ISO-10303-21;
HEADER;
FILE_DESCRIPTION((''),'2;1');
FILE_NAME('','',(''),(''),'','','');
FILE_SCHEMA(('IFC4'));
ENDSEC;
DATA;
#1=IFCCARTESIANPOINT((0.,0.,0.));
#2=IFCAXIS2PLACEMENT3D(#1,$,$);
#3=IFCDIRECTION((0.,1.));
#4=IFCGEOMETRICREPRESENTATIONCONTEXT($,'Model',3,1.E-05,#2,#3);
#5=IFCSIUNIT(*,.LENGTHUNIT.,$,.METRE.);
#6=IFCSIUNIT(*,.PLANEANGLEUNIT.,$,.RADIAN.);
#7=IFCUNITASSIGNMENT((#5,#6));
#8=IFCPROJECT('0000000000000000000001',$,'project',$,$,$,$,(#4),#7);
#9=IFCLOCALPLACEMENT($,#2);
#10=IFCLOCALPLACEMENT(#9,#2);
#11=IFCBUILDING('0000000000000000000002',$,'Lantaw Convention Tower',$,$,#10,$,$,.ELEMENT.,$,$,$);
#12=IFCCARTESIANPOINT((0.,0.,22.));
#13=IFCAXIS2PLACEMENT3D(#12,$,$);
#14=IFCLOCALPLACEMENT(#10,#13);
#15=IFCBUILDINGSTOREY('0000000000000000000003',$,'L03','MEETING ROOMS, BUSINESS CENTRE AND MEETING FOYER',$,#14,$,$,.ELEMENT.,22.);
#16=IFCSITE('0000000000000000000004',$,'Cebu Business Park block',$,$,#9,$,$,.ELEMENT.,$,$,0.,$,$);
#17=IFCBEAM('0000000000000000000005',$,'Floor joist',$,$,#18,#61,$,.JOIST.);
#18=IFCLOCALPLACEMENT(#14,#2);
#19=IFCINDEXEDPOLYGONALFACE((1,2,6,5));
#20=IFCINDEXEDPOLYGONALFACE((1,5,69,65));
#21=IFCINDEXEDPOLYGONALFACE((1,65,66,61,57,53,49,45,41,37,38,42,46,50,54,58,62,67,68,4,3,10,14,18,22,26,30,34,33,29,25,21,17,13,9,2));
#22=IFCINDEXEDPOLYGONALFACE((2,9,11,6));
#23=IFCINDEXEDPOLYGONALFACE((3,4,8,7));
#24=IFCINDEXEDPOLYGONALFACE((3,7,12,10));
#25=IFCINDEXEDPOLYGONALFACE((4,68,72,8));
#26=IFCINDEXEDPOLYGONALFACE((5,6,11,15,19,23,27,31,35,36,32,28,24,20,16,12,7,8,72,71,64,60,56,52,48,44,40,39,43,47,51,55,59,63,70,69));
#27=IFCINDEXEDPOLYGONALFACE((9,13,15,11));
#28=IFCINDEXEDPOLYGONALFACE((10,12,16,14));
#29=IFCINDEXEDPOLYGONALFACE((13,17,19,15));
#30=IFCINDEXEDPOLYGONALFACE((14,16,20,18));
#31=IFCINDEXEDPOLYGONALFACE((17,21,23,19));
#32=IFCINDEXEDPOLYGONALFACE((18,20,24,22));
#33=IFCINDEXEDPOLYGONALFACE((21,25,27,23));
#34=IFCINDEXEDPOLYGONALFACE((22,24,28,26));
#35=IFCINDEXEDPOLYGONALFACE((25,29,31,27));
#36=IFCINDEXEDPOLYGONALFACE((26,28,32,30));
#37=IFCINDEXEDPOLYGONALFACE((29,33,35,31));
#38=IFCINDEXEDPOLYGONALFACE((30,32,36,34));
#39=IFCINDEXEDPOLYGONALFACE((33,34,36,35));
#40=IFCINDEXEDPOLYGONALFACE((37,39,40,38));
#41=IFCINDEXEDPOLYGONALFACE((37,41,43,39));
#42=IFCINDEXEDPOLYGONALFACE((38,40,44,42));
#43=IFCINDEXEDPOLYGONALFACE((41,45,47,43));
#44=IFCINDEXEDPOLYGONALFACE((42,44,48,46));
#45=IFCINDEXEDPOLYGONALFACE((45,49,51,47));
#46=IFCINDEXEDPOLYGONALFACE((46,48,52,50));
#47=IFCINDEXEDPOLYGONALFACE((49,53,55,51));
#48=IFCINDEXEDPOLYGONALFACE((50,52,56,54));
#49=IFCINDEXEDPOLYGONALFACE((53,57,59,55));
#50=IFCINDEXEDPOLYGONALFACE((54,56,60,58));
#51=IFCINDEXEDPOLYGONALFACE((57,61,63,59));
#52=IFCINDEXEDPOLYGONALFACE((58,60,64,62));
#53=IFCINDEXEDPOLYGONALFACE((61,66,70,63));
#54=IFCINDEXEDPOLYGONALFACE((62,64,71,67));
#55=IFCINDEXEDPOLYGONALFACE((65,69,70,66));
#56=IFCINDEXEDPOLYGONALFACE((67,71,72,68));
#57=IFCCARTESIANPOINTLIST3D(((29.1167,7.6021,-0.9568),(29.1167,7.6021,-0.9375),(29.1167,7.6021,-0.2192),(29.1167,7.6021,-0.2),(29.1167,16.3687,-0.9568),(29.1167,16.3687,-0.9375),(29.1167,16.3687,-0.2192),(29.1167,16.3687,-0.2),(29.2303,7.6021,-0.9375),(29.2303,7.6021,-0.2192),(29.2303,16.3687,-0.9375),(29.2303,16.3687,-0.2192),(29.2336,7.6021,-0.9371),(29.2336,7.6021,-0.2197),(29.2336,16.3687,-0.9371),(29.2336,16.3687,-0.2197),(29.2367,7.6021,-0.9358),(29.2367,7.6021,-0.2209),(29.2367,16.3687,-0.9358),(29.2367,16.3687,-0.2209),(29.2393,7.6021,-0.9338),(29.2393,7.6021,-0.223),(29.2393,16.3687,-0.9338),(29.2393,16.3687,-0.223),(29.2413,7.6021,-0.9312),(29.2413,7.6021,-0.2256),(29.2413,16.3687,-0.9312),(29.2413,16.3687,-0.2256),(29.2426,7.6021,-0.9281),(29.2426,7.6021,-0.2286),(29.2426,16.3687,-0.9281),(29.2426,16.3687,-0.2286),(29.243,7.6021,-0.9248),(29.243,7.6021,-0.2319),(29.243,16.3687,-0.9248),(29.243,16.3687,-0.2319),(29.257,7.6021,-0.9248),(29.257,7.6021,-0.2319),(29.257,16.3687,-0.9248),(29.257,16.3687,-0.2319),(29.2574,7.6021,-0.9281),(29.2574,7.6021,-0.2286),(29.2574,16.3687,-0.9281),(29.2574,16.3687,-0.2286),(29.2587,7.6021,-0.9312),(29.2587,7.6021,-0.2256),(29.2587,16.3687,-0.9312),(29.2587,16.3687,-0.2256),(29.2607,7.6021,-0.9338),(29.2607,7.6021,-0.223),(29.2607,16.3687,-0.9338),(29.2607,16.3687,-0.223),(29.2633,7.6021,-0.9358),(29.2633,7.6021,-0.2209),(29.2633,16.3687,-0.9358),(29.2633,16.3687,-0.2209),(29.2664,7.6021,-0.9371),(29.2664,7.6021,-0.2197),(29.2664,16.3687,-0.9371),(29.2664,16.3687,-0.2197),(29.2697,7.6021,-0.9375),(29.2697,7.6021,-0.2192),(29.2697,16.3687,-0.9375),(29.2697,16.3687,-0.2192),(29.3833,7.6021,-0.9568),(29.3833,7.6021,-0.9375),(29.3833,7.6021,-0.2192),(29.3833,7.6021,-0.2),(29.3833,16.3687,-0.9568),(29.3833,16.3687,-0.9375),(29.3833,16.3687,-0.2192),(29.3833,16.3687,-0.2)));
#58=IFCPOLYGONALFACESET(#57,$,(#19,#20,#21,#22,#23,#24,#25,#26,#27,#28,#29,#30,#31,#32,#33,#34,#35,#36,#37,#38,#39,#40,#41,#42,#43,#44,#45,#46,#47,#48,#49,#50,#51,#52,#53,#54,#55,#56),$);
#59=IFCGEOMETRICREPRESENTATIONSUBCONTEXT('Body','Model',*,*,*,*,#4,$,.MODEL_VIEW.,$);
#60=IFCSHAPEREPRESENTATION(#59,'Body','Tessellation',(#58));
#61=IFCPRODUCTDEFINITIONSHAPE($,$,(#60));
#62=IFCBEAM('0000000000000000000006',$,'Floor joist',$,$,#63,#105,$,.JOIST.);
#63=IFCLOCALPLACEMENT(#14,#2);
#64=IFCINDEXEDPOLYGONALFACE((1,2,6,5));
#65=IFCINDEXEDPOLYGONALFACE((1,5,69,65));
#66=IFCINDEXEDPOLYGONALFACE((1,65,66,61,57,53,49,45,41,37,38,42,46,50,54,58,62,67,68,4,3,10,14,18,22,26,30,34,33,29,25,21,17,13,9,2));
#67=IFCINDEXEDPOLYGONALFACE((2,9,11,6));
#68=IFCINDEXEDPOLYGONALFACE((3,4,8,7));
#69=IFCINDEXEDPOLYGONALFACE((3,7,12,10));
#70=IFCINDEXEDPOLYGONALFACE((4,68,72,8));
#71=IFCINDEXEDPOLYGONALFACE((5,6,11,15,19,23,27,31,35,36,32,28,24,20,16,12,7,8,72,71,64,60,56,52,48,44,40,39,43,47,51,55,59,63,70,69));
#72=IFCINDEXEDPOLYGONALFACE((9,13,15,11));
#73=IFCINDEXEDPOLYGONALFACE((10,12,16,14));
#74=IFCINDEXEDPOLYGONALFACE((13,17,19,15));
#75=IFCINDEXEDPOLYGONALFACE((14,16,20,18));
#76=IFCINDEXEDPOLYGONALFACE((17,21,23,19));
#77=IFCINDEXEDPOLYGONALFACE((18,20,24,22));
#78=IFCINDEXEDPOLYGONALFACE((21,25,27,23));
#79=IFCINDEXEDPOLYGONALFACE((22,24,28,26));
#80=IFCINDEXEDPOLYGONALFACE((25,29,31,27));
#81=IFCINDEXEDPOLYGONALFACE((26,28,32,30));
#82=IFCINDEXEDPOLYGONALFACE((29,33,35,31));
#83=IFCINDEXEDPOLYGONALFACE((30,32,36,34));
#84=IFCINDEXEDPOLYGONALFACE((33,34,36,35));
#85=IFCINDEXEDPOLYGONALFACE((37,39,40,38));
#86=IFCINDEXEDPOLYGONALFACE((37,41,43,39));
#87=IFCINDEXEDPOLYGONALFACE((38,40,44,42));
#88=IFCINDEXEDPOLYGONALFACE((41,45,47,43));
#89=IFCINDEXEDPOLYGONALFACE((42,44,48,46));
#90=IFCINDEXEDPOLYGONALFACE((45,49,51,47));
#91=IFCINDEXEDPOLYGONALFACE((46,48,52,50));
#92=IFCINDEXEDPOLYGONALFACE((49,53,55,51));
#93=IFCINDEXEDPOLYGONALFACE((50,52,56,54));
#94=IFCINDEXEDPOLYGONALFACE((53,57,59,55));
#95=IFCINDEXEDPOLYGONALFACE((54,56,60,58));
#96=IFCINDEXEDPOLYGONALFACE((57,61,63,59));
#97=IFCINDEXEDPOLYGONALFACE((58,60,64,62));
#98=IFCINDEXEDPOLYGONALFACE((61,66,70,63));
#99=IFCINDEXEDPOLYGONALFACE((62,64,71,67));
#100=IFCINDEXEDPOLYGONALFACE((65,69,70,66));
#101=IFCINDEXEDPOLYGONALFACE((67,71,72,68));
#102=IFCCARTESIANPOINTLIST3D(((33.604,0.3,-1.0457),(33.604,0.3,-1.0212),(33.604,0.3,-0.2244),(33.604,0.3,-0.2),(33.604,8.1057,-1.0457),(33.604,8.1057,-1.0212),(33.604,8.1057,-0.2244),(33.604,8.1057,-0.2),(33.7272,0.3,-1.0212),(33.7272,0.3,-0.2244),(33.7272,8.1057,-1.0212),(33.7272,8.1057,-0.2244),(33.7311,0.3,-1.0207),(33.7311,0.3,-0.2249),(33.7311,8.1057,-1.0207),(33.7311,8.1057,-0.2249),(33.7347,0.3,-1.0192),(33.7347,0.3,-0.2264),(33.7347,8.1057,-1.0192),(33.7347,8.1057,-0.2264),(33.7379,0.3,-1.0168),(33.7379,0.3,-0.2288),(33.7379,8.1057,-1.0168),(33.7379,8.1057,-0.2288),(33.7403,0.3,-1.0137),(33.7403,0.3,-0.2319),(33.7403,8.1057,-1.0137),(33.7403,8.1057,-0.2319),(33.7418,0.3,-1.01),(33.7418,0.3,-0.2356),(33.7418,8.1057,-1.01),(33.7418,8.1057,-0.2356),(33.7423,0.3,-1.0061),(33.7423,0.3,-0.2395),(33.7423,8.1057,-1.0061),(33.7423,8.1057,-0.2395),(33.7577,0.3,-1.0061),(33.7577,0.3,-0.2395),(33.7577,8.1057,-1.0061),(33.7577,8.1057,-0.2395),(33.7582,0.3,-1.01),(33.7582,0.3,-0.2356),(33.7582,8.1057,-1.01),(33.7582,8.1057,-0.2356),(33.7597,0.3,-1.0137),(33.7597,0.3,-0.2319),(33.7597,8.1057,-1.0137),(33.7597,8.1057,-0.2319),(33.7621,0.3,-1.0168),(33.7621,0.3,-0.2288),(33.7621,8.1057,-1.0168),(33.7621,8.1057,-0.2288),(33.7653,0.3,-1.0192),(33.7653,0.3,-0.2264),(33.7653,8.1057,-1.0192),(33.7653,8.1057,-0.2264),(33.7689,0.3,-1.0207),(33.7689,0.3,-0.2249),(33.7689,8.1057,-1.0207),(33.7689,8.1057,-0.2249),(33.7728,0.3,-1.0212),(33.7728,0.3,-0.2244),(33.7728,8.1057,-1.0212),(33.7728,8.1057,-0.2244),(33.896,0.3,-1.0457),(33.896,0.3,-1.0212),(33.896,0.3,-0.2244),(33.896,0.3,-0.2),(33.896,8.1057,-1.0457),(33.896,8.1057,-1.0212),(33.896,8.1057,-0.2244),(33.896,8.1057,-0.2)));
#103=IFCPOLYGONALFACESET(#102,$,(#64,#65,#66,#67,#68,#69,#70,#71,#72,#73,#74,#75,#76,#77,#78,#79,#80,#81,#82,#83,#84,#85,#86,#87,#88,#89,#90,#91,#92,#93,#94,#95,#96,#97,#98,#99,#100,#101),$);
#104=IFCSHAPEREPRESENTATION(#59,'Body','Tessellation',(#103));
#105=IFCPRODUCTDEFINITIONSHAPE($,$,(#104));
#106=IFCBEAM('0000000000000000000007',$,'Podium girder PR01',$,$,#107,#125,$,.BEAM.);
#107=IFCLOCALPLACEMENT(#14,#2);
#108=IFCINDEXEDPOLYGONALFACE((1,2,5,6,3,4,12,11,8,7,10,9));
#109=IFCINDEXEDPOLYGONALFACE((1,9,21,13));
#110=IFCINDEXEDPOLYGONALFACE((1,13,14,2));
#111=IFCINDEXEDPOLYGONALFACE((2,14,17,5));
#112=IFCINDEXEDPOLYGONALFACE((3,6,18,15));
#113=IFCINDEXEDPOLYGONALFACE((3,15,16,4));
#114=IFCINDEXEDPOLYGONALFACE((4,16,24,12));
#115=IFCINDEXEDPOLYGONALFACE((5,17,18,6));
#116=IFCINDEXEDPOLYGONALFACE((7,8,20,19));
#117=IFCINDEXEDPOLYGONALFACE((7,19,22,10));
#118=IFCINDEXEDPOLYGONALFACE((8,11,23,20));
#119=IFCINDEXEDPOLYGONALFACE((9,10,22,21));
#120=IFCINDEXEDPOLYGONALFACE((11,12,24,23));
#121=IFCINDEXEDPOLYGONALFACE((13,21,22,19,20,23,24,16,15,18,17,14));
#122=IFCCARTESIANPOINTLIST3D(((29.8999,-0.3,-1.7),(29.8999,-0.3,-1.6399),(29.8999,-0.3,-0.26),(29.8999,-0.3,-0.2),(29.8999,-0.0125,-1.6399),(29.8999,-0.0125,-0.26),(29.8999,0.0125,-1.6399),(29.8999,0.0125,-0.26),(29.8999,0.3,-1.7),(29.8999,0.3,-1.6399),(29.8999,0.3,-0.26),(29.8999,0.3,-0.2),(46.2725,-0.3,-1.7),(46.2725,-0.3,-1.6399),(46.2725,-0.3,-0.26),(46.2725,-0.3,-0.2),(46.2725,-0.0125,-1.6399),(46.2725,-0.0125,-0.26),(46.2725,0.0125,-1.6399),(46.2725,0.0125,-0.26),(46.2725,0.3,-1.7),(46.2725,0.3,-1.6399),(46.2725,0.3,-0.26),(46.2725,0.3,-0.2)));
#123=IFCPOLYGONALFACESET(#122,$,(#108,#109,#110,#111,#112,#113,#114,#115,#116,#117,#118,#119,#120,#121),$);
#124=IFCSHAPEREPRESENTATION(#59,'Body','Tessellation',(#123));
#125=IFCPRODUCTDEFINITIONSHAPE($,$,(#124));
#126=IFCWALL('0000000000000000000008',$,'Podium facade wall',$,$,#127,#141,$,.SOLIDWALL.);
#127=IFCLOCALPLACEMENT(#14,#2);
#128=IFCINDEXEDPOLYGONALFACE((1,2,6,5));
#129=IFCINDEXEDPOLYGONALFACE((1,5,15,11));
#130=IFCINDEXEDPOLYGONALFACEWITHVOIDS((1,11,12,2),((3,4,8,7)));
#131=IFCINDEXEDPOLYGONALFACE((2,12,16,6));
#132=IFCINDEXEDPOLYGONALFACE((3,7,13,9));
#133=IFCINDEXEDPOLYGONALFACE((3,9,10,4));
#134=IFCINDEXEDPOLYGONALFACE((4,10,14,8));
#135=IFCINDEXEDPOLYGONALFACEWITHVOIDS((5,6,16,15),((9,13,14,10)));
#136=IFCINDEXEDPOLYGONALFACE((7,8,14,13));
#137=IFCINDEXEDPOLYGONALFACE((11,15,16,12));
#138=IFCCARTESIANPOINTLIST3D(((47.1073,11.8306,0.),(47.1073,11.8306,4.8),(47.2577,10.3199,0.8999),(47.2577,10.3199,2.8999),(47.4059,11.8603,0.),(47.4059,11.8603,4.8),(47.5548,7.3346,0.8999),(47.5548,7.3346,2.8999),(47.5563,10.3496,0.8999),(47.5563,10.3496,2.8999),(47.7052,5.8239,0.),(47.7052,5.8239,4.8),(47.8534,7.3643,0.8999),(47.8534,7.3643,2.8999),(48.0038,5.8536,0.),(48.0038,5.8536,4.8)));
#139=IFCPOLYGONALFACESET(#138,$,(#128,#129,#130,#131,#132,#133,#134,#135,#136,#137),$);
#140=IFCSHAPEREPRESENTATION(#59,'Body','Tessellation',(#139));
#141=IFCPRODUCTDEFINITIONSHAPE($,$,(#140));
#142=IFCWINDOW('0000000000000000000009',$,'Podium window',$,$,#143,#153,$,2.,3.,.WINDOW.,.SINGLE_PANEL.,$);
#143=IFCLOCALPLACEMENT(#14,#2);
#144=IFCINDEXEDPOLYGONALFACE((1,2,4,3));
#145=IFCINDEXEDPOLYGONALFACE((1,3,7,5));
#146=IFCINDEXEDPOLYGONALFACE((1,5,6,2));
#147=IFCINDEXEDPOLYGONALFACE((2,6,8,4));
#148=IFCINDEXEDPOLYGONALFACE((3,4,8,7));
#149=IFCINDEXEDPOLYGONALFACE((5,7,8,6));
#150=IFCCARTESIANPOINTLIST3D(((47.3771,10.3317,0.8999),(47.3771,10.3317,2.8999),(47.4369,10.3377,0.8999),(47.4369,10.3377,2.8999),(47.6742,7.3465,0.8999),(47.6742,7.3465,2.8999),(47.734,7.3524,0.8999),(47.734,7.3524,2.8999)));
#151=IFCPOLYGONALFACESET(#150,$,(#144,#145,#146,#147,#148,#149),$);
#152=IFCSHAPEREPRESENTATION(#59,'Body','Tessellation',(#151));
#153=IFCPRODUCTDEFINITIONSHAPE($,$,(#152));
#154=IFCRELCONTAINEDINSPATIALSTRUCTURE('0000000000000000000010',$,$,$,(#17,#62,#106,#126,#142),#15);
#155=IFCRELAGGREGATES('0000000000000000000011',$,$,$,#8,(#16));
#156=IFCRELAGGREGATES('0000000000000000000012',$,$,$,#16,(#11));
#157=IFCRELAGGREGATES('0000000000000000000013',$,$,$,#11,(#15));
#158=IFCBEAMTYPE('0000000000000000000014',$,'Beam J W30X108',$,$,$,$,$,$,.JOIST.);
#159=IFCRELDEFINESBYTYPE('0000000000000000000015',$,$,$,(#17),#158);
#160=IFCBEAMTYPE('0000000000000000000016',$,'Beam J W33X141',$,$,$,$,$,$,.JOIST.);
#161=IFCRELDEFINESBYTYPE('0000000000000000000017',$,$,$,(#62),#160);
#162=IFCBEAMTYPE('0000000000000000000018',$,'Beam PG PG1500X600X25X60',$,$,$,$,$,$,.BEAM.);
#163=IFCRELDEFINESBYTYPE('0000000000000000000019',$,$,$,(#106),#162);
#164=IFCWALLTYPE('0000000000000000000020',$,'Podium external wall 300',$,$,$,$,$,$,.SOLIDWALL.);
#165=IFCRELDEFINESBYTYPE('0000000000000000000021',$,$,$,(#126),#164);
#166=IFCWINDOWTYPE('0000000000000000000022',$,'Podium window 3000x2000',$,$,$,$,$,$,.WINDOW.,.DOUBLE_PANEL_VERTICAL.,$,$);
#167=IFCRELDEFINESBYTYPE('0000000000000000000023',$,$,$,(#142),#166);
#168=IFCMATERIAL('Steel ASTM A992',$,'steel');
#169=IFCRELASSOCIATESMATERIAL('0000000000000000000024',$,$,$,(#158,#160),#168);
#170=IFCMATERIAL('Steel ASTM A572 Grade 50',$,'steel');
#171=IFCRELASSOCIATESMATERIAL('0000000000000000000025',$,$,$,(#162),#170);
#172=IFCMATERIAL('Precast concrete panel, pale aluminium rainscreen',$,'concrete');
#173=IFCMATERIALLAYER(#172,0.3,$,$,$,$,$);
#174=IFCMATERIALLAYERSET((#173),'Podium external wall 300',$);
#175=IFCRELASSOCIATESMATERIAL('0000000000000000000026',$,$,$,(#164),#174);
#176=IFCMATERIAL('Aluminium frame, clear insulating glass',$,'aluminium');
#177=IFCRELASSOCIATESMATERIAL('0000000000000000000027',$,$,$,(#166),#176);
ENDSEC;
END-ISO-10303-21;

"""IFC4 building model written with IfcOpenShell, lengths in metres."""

from ifc_helpers import new_model, si_unit, direction, frame, frame_2d, origin, origin_2d, place, context, subcontext, project, spatial, rectangle, i_section, extrude, material, layer, layer_set, material_profile, profile_set, type_object, element, fill, save


model = new_model("IFC4")

# Units and contexts
model_context = context("Model", 3, precision=1e-05, world=origin(), true_north=direction((0.0, 1.0)))
body_context = subcontext(model_context, "Body", "Model", "MODEL_VIEW")
ifc_project = project(units=[si_unit("LENGTHUNIT", "METRE"), si_unit("PLANEANGLEUNIT", "RADIAN")], contexts=[model_context])

# Site, building, storey
site_placement = place(None, origin())
site = spatial("IfcSite", under=ifc_project, at=site_placement, Name="Cebu Business Park block", CompositionType="ELEMENT", RefElevation=0.0)
building_placement = place(site_placement, origin())
building = spatial("IfcBuilding", under=site, at=building_placement, Name="Lantaw Convention Tower", CompositionType="ELEMENT")
storey_placement = place(building_placement, frame((0.0, 0.0, 22.0)))
storey = spatial("IfcBuildingStorey", under=building, at=storey_placement, Name="L03", Description="MEETING ROOMS, BUSINESS CENTRE AND MEETING FOYER", CompositionType="ELEMENT", Elevation=22.0)

# Shared definitions
ifc_material_1 = material(Name="Steel ASTM A572 Grade 50", Category="steel")

# Beams
ifc_material_2 = material(Name="Steel ASTM A992", Category="steel")
ifc_material_profile_1 = material_profile(ifc_material_2, i_section(OverallWidth=0.2666, OverallDepth=0.7568, WebThickness=0.0139, FlangeThickness=0.0193, FilletRadius=0.0127, at=origin_2d()), Name="W30X108")
ifc_profile_set_1 = profile_set([ifc_material_profile_1], Name="Steel ASTM A992")
beam_type_1 = type_object("IfcBeamType", Name="Beam J W30X108", PredefinedType="JOIST", material=ifc_profile_set_1)
beam_1_placement = place(storey_placement, frame((29.25, 7.6021, -0.5784), z_axis=(0.0, 1.0, 0.0), x_axis=(-1.0, 0.0, 0.0)))
element("IfcBeam", 1, at=beam_1_placement, inside=storey, type_object=beam_type_1, Name="Floor joist", PredefinedType="JOIST", context=body_context, shape_type="SweptSolid", body=[
    extrude(i_section(OverallWidth=0.2666, OverallDepth=0.7568, WebThickness=0.0139, FlangeThickness=0.0193, FilletRadius=0.0127, at=origin_2d()), origin(), (0.0, 0.0, 1.0), 8.7666),
])
ifc_material_profile_2 = material_profile(ifc_material_2, i_section(OverallWidth=0.292, OverallDepth=0.8457, WebThickness=0.0154, FlangeThickness=0.0244, FilletRadius=0.0151, at=origin_2d()), Name="W33X141")
ifc_profile_set_2 = profile_set([ifc_material_profile_2], Name="Steel ASTM A992")
beam_type_2 = type_object("IfcBeamType", Name="Beam J W33X141", PredefinedType="JOIST", material=ifc_profile_set_2)
beam_2_placement = place(storey_placement, frame((33.75, 0.3, -0.6228), z_axis=(0.0, 1.0, 0.0), x_axis=(-1.0, 0.0, 0.0)))
element("IfcBeam", 2, at=beam_2_placement, inside=storey, type_object=beam_type_2, Name="Floor joist", PredefinedType="JOIST", context=body_context, shape_type="SweptSolid", body=[
    extrude(i_section(OverallWidth=0.292, OverallDepth=0.8457, WebThickness=0.0154, FlangeThickness=0.0244, FilletRadius=0.0151, at=origin_2d()), origin(), (0.0, 0.0, 1.0), 7.8057),
])
ifc_material_profile_3 = material_profile(ifc_material_1, i_section(OverallWidth=0.6001, OverallDepth=1.5, WebThickness=0.0249, FlangeThickness=0.0601, at=origin_2d()), Name="PG1500X600X25X60")
ifc_profile_set_3 = profile_set([ifc_material_profile_3], Name="Steel ASTM A572 Grade 50")
beam_type_3 = type_object("IfcBeamType", Name="Beam PG PG1500X600X25X60", PredefinedType="BEAM", material=ifc_profile_set_3)
beam_3_placement = place(storey_placement, frame((29.8999, 0.0, -0.95), z_axis=(1.0, 0.0, 0.0), x_axis=(0.0, 1.0, 0.0)))
element("IfcBeam", 3, at=beam_3_placement, inside=storey, type_object=beam_type_3, Name="Podium girder PR01", PredefinedType="BEAM", context=body_context, shape_type="SweptSolid", body=[
    extrude(i_section(OverallWidth=0.6001, OverallDepth=1.5, WebThickness=0.0249, FlangeThickness=0.0601, at=origin_2d()), origin(), (0.0, 0.0, 1.0), 16.3726),
])

# Wall, opening, window
ifc_material_3 = material(Name="Precast concrete panel, pale aluminium rainscreen", Category="concrete")
ifc_layer_1 = layer(ifc_material_3, 0.3)
ifc_layer_set_1 = layer_set([ifc_layer_1], Name="Podium external wall 300")
wall_type_1 = type_object("IfcWallType", Name="Podium external wall 300", PredefinedType="SOLIDWALL", material=ifc_layer_set_1)
wall_1_placement = place(storey_placement, frame((47.8545, 5.8389, 0.0), z_axis=(0.0, 0.0, 1.0), x_axis=(-0.099051, 0.995082, 0.0)))
wall_1 = element("IfcWall", 4, at=wall_1_placement, inside=storey, type_object=wall_type_1, Name="Podium facade wall", PredefinedType="SOLIDWALL", context=body_context, shape_type="SweptSolid", body=[
    extrude(rectangle(XDim=6.0364, YDim=0.3, at=frame_2d((3.0181, 0.0))), origin(), (0.0, 0.0, 1.0), 4.8),
])
opening_1_placement = place(wall_1_placement, frame((1.5181, 0.0, 0.8999)))
opening_1 = element("IfcOpeningElement", 5, at=opening_1_placement, cuts=wall_1, PredefinedType="OPENING", context=body_context, shape_type="SweptSolid", body=[
    extrude(rectangle(XDim=3.0, YDim=2.0, at=frame_2d((1.5, 1.0))), frame((0.0, 0.1599, 0.0), z_axis=(0.0, -1.0, 0.0), x_axis=(1.0, 0.0, 0.0)), (0.0, 0.0, 1.0), 0.3201),
])
ifc_material_4 = material(Name="Aluminium frame, clear insulating glass", Category="aluminium")
window_type = type_object("IfcWindowType", Name="Podium window 3000x2000", PartitioningType="DOUBLE_PANEL_VERTICAL", PredefinedType="WINDOW", material=ifc_material_4)
window_1_placement = place(opening_1_placement, origin())
window_1 = element("IfcWindow", 6, at=window_1_placement, inside=storey, type_object=window_type, Name="Podium window", OverallHeight=2.0, OverallWidth=3.0, PartitioningType="SINGLE_PANEL", PredefinedType="WINDOW", context=body_context, shape_type="SweptSolid", body=[
    extrude(rectangle(XDim=3.0, YDim=2.0, at=frame_2d((1.5, 1.0))), frame((0.0, 0.03, 0.0), z_axis=(0.0, -1.0, 0.0), x_axis=(1.0, 0.0, 0.0)), (0.0, 0.0, 1.0), 0.0601),
])
fill(opening_1, window_1)

save(model, "model.ifc")
